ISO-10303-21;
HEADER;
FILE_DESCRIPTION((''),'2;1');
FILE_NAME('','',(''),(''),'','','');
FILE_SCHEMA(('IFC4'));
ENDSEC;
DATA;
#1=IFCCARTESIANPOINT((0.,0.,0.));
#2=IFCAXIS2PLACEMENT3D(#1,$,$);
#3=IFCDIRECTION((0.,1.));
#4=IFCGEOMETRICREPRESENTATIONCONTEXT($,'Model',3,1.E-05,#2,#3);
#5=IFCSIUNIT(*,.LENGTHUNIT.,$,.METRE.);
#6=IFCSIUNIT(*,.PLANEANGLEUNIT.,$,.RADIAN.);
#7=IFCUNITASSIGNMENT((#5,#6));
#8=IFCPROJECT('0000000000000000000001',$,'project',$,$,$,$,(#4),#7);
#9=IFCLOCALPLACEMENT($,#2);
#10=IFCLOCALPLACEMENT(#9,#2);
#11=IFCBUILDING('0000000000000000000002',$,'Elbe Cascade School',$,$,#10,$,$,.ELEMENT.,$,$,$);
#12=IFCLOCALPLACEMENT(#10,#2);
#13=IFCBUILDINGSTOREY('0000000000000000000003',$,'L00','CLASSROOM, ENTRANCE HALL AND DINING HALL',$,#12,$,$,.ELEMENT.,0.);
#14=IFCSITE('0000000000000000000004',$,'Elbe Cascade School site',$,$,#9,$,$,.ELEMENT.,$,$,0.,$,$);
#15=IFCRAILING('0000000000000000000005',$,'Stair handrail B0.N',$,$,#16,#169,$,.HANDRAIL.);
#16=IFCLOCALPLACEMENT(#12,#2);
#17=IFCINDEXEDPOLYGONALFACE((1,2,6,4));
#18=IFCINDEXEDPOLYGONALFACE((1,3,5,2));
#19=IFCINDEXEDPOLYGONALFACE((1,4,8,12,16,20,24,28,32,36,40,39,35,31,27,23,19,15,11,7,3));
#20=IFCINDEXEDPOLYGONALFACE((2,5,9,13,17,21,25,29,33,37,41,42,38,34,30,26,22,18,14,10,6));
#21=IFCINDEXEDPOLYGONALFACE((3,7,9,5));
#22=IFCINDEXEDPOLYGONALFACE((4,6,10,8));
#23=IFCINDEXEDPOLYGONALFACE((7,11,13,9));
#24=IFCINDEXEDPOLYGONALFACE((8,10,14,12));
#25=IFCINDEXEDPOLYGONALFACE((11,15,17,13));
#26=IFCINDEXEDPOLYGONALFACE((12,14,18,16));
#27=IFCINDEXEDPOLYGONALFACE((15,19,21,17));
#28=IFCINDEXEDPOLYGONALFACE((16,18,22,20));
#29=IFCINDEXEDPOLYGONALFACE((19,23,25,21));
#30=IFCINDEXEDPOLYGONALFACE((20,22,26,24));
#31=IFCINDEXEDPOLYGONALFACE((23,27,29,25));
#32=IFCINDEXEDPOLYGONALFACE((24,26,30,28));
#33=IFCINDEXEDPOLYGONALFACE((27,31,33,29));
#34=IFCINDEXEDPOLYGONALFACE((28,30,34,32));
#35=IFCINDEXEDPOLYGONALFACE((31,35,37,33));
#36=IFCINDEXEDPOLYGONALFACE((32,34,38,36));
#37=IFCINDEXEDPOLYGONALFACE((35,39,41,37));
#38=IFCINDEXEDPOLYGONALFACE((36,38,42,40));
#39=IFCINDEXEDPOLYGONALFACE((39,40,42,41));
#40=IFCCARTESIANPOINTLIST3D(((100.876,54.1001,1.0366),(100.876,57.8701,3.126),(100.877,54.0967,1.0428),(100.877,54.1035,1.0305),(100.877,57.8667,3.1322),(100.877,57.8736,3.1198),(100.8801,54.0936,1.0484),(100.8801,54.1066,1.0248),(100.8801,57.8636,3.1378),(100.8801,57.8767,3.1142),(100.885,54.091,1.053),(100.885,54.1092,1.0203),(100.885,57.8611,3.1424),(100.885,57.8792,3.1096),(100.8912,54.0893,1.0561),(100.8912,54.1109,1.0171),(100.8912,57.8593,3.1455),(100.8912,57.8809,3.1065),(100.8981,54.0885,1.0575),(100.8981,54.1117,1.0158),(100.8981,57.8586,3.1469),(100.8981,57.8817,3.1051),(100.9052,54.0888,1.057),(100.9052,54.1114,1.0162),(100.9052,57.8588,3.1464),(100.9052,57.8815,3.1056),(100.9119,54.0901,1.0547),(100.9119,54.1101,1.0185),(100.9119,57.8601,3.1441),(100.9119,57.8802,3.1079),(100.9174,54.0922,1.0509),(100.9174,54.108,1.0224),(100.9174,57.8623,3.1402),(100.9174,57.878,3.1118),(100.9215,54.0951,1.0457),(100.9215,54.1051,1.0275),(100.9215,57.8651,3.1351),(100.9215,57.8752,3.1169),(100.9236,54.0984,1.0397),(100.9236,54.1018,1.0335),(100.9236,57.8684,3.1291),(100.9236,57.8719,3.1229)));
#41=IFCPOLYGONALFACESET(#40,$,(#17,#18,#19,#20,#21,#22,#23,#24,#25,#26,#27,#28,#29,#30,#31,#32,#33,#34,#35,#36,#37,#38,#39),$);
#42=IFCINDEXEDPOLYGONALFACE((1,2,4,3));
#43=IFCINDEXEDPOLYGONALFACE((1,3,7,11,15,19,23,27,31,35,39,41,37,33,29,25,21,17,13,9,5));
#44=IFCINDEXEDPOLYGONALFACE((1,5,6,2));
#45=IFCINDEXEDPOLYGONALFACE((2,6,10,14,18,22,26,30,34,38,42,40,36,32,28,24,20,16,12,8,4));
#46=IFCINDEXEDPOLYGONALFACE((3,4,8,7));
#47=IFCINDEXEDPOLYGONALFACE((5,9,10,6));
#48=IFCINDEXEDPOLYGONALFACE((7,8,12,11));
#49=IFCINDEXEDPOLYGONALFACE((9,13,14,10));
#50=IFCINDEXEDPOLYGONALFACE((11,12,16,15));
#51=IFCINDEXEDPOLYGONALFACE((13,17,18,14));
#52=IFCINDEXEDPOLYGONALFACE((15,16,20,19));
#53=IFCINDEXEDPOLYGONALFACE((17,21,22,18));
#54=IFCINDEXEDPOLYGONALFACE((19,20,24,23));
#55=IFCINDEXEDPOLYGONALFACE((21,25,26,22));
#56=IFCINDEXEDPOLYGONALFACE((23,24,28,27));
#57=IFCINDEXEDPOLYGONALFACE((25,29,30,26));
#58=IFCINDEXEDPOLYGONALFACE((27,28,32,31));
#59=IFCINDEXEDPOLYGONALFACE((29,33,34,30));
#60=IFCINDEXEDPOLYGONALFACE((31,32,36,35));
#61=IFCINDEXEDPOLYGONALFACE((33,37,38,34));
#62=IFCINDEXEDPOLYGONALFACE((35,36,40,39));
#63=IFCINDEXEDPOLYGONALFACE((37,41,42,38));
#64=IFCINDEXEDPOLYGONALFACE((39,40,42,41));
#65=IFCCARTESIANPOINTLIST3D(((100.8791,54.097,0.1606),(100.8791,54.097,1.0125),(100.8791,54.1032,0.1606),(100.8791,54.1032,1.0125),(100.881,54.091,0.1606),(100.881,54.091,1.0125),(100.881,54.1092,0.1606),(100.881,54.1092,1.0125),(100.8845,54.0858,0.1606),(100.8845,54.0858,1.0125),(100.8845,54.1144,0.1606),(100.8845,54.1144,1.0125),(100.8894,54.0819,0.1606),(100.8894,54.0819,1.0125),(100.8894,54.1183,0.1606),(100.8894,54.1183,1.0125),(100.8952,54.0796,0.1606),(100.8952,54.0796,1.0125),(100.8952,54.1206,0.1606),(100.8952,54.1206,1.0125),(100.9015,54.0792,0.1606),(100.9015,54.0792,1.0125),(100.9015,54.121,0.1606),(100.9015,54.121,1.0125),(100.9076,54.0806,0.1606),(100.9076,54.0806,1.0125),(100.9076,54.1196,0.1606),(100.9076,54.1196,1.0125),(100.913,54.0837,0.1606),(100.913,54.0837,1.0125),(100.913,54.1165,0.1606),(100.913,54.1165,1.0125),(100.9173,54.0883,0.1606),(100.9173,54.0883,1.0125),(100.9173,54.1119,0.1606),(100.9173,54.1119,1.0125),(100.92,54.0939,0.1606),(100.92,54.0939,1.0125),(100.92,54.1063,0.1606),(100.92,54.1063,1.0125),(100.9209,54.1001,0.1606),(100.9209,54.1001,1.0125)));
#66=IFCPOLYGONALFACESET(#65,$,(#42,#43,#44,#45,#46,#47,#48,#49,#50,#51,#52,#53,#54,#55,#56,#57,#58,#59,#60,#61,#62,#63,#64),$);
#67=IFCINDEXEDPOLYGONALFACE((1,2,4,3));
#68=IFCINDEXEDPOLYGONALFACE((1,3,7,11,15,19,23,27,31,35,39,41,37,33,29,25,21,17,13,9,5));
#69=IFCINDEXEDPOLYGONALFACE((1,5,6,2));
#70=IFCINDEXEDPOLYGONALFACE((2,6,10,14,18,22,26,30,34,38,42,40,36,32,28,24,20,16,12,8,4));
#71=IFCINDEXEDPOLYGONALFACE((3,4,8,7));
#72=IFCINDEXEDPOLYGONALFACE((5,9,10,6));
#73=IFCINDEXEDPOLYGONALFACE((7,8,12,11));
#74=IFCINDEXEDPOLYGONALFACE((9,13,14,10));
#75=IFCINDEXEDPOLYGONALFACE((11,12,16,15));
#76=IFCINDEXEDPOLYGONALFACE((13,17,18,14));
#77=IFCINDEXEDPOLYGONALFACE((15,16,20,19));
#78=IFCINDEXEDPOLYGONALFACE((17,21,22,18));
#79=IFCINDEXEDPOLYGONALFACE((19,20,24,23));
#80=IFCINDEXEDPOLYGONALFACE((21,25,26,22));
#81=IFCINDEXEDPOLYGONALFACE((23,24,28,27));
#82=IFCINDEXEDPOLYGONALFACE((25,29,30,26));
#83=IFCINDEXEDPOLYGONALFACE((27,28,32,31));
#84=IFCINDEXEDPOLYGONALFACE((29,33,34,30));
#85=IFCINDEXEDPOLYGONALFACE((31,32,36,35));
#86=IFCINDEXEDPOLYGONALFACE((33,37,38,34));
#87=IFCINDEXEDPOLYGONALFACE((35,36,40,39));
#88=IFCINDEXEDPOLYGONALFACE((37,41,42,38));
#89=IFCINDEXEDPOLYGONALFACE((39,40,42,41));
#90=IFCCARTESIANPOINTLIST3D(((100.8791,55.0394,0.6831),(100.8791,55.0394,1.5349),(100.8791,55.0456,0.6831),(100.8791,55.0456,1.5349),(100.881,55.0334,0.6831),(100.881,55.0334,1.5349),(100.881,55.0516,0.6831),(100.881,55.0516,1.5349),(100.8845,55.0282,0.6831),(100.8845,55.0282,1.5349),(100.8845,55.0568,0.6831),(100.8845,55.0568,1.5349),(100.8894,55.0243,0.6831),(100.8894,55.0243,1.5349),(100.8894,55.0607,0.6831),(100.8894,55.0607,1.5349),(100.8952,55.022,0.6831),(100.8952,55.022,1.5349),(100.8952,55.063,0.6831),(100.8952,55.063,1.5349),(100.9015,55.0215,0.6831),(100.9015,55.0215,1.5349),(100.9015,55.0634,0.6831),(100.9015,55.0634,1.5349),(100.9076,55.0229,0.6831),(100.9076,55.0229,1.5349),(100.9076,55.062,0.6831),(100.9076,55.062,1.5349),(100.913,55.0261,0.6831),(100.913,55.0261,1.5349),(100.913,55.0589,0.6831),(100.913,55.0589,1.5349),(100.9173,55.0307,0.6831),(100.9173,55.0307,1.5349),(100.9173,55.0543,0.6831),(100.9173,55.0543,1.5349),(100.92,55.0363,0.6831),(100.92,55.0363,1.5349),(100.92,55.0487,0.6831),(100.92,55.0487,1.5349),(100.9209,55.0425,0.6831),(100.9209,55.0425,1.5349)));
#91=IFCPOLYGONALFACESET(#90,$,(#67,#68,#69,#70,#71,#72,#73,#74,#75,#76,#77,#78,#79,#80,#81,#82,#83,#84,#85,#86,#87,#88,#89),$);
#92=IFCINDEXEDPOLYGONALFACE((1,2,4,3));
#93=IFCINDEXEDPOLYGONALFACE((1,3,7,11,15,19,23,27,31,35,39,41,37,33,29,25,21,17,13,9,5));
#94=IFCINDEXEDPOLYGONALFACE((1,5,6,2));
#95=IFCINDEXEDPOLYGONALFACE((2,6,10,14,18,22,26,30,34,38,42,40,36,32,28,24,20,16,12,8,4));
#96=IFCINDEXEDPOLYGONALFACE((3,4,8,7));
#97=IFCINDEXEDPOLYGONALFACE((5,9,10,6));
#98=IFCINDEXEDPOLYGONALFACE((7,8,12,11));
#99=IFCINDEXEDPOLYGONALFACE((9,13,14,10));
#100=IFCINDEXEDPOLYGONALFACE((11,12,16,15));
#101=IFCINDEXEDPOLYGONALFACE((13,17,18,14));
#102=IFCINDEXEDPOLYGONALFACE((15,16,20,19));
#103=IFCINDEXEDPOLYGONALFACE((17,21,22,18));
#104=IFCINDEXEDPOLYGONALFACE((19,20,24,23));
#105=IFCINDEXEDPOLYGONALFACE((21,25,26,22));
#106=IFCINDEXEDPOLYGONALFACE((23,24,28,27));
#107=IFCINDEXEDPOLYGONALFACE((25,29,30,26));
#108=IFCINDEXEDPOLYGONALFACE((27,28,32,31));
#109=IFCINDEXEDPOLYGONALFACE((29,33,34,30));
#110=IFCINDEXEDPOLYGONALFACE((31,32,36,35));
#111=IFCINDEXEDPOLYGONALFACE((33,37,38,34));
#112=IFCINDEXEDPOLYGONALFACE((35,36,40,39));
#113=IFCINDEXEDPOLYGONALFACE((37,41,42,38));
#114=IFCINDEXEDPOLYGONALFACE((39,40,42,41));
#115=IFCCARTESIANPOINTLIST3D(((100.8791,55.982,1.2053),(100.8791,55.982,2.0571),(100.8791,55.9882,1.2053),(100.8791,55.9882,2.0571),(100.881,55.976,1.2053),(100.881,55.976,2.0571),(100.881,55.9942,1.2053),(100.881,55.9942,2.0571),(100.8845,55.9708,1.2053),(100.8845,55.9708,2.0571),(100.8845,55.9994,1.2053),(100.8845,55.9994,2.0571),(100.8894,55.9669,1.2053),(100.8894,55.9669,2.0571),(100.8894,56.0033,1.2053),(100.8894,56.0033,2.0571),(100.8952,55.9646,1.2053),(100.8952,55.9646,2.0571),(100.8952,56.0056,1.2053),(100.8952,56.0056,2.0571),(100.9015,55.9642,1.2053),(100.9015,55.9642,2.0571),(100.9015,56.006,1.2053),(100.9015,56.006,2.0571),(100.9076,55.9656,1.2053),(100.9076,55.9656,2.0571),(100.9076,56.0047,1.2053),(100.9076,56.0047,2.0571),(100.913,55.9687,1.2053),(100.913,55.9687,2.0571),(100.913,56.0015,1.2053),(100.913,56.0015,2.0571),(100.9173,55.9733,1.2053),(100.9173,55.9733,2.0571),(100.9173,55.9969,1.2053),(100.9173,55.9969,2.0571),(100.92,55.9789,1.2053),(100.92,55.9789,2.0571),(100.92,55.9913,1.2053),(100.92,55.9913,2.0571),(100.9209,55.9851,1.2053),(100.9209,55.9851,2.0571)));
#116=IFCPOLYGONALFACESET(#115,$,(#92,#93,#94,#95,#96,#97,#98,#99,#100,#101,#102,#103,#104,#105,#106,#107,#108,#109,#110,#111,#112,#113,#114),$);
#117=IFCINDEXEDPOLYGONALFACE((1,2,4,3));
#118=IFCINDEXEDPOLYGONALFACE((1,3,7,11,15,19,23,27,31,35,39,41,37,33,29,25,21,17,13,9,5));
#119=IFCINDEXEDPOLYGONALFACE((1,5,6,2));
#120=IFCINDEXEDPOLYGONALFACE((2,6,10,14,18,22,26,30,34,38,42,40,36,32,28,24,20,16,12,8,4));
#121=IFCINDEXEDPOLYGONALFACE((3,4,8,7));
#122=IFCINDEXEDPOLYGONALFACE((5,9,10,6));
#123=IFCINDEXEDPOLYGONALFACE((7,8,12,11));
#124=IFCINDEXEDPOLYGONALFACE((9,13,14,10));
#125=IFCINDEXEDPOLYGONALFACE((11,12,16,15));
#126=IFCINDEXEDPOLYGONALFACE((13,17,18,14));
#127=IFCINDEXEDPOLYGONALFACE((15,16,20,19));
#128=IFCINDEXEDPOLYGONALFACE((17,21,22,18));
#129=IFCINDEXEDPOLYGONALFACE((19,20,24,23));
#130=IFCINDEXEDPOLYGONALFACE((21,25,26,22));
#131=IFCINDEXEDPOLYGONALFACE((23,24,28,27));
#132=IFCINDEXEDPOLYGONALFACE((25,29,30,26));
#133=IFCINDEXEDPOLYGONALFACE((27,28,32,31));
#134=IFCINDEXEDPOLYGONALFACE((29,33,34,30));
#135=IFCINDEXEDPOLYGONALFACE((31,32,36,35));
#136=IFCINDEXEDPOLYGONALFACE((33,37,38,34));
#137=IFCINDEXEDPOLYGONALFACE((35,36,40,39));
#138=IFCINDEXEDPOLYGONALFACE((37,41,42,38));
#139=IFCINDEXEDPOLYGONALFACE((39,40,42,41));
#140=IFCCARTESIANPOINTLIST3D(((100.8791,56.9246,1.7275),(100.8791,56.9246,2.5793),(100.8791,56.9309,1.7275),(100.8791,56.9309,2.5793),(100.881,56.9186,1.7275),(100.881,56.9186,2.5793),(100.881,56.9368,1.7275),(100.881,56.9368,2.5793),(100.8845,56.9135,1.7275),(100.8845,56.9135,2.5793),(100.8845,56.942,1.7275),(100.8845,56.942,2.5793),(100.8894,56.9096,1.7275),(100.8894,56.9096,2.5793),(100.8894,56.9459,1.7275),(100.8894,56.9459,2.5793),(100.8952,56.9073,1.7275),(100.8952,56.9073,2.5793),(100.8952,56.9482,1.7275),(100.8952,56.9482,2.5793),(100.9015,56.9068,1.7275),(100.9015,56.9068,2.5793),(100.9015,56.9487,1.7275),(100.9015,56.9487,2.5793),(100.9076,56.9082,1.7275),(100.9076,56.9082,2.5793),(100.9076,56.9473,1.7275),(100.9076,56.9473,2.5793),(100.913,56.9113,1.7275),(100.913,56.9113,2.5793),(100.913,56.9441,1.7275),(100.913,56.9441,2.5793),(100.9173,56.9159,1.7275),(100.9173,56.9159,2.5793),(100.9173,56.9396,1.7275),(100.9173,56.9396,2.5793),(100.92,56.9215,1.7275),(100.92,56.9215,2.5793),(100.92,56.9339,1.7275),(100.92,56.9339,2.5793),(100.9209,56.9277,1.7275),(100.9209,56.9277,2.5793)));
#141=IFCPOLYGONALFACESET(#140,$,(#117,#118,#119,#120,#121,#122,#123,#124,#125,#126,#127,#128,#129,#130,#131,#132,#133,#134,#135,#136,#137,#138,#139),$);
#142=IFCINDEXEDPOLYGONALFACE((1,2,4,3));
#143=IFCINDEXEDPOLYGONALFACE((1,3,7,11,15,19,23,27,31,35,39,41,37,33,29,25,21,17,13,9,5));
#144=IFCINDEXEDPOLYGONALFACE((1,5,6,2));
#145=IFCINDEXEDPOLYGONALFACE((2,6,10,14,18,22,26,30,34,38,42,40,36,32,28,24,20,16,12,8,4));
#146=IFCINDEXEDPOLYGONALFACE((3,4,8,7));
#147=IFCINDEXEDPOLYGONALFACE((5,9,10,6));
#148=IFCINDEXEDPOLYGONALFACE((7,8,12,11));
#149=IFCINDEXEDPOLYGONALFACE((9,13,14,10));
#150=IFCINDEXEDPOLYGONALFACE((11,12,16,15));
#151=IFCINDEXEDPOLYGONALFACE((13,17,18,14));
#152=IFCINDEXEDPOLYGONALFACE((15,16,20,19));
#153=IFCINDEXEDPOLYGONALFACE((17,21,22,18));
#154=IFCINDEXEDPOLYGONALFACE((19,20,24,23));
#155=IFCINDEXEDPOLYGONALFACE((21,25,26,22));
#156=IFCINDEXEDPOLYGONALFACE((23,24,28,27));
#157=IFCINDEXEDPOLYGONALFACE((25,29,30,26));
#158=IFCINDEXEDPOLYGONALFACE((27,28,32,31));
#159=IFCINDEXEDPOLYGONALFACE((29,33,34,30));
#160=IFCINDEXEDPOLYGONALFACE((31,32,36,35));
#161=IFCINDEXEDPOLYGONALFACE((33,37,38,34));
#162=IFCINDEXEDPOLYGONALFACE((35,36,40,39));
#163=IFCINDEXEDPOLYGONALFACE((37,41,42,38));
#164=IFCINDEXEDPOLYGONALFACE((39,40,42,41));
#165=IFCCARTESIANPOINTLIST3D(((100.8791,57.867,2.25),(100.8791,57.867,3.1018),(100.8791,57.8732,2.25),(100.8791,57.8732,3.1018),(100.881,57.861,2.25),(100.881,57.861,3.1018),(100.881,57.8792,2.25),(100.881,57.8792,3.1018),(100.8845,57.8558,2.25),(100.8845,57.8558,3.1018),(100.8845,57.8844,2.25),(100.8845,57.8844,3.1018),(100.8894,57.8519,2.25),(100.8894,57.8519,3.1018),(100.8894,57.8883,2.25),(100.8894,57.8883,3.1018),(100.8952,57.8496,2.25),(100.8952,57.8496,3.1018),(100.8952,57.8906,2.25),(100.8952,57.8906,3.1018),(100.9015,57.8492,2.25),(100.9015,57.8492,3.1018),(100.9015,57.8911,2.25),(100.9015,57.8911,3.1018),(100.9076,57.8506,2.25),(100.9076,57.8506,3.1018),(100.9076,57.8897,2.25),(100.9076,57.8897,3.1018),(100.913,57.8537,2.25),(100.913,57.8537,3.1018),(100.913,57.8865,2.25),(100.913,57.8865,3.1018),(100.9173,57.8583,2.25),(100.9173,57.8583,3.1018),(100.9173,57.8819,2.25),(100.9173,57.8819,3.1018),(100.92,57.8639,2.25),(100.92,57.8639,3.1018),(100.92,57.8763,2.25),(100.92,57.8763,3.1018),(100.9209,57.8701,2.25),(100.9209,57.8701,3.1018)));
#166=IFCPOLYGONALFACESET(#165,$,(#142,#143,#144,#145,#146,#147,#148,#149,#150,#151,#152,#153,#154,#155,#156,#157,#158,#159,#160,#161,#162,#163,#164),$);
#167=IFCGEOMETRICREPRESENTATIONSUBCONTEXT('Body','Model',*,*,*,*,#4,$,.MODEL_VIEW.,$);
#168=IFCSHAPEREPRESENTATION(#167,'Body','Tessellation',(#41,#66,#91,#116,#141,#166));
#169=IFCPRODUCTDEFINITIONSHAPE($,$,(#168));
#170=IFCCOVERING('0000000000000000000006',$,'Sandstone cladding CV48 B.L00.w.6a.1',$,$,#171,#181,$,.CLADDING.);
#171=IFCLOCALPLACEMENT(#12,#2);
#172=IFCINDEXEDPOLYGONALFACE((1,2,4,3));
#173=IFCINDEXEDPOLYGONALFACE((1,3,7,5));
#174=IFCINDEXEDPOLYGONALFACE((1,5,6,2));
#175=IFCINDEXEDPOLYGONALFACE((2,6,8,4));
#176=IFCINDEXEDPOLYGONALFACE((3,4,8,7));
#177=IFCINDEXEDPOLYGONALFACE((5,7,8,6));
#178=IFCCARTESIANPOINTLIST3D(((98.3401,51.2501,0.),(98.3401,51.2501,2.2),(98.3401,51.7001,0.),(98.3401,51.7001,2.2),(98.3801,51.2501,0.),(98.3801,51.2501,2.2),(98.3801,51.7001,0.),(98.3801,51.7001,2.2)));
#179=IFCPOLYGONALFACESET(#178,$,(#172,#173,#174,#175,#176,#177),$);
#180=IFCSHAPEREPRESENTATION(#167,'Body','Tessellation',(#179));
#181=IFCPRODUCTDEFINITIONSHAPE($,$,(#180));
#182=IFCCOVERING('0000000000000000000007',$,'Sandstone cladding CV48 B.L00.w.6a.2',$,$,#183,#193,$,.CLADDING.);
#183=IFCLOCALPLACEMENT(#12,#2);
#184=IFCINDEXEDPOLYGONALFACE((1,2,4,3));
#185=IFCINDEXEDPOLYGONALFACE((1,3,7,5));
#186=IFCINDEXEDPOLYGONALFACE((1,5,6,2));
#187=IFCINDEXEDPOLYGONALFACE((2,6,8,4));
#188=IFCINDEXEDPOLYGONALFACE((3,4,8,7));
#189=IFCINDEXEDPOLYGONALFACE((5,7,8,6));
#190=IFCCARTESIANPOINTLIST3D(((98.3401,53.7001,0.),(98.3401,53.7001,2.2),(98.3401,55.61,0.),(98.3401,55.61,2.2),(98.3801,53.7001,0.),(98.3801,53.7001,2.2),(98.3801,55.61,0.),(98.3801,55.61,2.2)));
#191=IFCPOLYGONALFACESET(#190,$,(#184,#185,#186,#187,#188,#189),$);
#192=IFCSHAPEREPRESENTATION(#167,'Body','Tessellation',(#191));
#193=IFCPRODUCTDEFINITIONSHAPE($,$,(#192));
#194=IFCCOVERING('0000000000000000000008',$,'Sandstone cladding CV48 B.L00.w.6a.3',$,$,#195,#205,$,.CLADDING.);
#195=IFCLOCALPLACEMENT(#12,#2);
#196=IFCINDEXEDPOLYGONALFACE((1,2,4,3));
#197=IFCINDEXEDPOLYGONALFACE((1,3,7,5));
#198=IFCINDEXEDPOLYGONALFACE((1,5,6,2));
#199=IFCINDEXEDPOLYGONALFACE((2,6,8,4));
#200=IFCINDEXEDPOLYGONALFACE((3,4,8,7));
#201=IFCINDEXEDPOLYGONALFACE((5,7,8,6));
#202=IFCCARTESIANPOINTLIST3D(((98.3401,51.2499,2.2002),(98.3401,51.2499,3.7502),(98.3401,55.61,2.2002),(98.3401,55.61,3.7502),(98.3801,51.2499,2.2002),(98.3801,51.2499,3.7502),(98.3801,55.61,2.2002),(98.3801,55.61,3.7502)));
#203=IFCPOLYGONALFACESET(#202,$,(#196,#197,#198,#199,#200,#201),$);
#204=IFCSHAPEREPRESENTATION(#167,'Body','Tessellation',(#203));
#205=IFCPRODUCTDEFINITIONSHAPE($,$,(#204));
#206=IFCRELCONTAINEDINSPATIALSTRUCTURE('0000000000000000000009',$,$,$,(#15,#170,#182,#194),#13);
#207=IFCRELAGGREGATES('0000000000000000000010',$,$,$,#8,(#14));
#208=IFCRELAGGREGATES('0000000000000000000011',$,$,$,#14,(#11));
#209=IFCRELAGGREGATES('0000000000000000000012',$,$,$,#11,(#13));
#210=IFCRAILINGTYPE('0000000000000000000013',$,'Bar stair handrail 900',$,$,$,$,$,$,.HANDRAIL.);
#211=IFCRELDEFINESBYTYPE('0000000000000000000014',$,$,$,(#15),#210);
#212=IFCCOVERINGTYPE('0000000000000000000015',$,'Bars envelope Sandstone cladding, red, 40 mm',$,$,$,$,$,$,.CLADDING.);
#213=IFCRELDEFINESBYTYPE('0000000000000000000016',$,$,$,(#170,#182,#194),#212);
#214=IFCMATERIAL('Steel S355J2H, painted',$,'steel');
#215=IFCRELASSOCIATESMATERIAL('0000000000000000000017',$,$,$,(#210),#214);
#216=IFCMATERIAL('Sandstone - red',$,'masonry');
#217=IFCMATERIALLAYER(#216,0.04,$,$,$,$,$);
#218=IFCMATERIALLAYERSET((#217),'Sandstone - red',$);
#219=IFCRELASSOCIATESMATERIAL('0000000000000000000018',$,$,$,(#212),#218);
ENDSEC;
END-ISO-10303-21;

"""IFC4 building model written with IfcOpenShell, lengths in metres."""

from ifc_helpers import new_model, si_unit, direction, frame, origin, origin_2d, place, context, subcontext, project, spatial, rectangle, circle, extrude, material, layer, layer_set, type_object, element, save


model = new_model("IFC4")

# Units and contexts
model_context = context("Model", 3, precision=1e-05, world=origin(), true_north=direction((0.0, 1.0)))
body_context = subcontext(model_context, "Body", "Model", "MODEL_VIEW")
ifc_project = project(units=[si_unit("LENGTHUNIT", "METRE"), si_unit("PLANEANGLEUNIT", "RADIAN")], contexts=[model_context])

# Site, building, storey
site_placement = place(None, origin())
site = spatial("IfcSite", under=ifc_project, at=site_placement, Name="Elbe Cascade School site", CompositionType="ELEMENT", RefElevation=0.0)
building_placement = place(site_placement, origin())
building = spatial("IfcBuilding", under=site, at=building_placement, Name="Elbe Cascade School", CompositionType="ELEMENT")
storey_placement = place(building_placement, origin())
storey = spatial("IfcBuildingStorey", under=building, at=storey_placement, Name="L00", Description="CLASSROOM, ENTRANCE HALL AND DINING HALL", CompositionType="ELEMENT", Elevation=0.0)

# Railing
ifc_material_1 = material(Name="Steel S355J2H, painted", Category="steel")
railing_type_1 = type_object("IfcRailingType", Name="Bar stair handrail 900", PredefinedType="HANDRAIL", material=ifc_material_1)
railing_1_placement = place(storey_placement, frame((100.8999, 54.1001, 0.1606)))
element("IfcRailing", 1, at=railing_1_placement, inside=storey, type_object=railing_type_1, Name="Stair handrail B0.N", PredefinedType="HANDRAIL", context=body_context, shape_type="SweptSolid", body=[
    extrude(circle(Radius=0.0239, at=origin_2d()), frame((0.0, 0.0, 0.876), z_axis=(0.0, 0.874659, 0.484739), x_axis=(-1.0, 0.0, 0.0)), (0.0, 0.0, 1.0), 4.3103),
    extrude(circle(Radius=0.021, at=origin_2d()), origin(), (0.0, 0.0, 1.0), 0.8518),
    extrude(circle(Radius=0.021, at=origin_2d()), frame((0.0, 0.9424, 0.5225)), (0.0, 0.0, 1.0), 0.8518),
    extrude(circle(Radius=0.021, at=origin_2d()), frame((0.0, 1.885, 1.0447)), (0.0, 0.0, 1.0), 0.8518),
    extrude(circle(Radius=0.021, at=origin_2d()), frame((0.0, 2.8276, 1.5669)), (0.0, 0.0, 1.0), 0.8518),
    extrude(circle(Radius=0.021, at=origin_2d()), frame((0.0, 3.77, 2.0894)), (0.0, 0.0, 1.0), 0.8518),
])

# Coverings
ifc_material_2 = material(Name="Sandstone - red", Category="masonry")
ifc_layer_1 = layer(ifc_material_2, 0.04)
ifc_layer_set_1 = layer_set([ifc_layer_1], Name="Sandstone - red")
covering_type = type_object("IfcCoveringType", Name="Bars envelope Sandstone cladding, red, 40 mm", PredefinedType="CLADDING", material=ifc_layer_set_1)
covering_1_placement = place(storey_placement, frame((98.3601, 51.4751, 0.0), z_axis=(0.0, 0.0, 1.0), x_axis=(0.0, 1.0, 0.0)))
element("IfcCovering", 2, at=covering_1_placement, inside=storey, type_object=covering_type, Name="Sandstone cladding CV48 B.L00.w.6a.1", PredefinedType="CLADDING", context=body_context, shape_type="SweptSolid", body=[
    extrude(rectangle(XDim=0.45, YDim=0.04, at=origin_2d()), origin(), (0.0, 0.0, 1.0), 2.2),
])
covering_2_placement = place(storey_placement, frame((98.3601, 54.655, 0.0), z_axis=(0.0, 0.0, 1.0), x_axis=(0.0, 1.0, 0.0)))
element("IfcCovering", 3, at=covering_2_placement, inside=storey, type_object=covering_type, Name="Sandstone cladding CV48 B.L00.w.6a.2", PredefinedType="CLADDING", context=body_context, shape_type="SweptSolid", body=[
    extrude(rectangle(XDim=1.9099, YDim=0.04, at=origin_2d()), origin(), (0.0, 0.0, 1.0), 2.2),
])
covering_3_placement = place(storey_placement, frame((98.3601, 53.4299, 2.2002), z_axis=(0.0, 0.0, 1.0), x_axis=(0.0, 1.0, 0.0)))
element("IfcCovering", 4, at=covering_3_placement, inside=storey, type_object=covering_type, Name="Sandstone cladding CV48 B.L00.w.6a.3", PredefinedType="CLADDING", context=body_context, shape_type="SweptSolid", body=[
    extrude(rectangle(XDim=4.3601, YDim=0.04, at=origin_2d()), origin(), (0.0, 0.0, 1.0), 1.55),
])

save(model, "model.ifc")
